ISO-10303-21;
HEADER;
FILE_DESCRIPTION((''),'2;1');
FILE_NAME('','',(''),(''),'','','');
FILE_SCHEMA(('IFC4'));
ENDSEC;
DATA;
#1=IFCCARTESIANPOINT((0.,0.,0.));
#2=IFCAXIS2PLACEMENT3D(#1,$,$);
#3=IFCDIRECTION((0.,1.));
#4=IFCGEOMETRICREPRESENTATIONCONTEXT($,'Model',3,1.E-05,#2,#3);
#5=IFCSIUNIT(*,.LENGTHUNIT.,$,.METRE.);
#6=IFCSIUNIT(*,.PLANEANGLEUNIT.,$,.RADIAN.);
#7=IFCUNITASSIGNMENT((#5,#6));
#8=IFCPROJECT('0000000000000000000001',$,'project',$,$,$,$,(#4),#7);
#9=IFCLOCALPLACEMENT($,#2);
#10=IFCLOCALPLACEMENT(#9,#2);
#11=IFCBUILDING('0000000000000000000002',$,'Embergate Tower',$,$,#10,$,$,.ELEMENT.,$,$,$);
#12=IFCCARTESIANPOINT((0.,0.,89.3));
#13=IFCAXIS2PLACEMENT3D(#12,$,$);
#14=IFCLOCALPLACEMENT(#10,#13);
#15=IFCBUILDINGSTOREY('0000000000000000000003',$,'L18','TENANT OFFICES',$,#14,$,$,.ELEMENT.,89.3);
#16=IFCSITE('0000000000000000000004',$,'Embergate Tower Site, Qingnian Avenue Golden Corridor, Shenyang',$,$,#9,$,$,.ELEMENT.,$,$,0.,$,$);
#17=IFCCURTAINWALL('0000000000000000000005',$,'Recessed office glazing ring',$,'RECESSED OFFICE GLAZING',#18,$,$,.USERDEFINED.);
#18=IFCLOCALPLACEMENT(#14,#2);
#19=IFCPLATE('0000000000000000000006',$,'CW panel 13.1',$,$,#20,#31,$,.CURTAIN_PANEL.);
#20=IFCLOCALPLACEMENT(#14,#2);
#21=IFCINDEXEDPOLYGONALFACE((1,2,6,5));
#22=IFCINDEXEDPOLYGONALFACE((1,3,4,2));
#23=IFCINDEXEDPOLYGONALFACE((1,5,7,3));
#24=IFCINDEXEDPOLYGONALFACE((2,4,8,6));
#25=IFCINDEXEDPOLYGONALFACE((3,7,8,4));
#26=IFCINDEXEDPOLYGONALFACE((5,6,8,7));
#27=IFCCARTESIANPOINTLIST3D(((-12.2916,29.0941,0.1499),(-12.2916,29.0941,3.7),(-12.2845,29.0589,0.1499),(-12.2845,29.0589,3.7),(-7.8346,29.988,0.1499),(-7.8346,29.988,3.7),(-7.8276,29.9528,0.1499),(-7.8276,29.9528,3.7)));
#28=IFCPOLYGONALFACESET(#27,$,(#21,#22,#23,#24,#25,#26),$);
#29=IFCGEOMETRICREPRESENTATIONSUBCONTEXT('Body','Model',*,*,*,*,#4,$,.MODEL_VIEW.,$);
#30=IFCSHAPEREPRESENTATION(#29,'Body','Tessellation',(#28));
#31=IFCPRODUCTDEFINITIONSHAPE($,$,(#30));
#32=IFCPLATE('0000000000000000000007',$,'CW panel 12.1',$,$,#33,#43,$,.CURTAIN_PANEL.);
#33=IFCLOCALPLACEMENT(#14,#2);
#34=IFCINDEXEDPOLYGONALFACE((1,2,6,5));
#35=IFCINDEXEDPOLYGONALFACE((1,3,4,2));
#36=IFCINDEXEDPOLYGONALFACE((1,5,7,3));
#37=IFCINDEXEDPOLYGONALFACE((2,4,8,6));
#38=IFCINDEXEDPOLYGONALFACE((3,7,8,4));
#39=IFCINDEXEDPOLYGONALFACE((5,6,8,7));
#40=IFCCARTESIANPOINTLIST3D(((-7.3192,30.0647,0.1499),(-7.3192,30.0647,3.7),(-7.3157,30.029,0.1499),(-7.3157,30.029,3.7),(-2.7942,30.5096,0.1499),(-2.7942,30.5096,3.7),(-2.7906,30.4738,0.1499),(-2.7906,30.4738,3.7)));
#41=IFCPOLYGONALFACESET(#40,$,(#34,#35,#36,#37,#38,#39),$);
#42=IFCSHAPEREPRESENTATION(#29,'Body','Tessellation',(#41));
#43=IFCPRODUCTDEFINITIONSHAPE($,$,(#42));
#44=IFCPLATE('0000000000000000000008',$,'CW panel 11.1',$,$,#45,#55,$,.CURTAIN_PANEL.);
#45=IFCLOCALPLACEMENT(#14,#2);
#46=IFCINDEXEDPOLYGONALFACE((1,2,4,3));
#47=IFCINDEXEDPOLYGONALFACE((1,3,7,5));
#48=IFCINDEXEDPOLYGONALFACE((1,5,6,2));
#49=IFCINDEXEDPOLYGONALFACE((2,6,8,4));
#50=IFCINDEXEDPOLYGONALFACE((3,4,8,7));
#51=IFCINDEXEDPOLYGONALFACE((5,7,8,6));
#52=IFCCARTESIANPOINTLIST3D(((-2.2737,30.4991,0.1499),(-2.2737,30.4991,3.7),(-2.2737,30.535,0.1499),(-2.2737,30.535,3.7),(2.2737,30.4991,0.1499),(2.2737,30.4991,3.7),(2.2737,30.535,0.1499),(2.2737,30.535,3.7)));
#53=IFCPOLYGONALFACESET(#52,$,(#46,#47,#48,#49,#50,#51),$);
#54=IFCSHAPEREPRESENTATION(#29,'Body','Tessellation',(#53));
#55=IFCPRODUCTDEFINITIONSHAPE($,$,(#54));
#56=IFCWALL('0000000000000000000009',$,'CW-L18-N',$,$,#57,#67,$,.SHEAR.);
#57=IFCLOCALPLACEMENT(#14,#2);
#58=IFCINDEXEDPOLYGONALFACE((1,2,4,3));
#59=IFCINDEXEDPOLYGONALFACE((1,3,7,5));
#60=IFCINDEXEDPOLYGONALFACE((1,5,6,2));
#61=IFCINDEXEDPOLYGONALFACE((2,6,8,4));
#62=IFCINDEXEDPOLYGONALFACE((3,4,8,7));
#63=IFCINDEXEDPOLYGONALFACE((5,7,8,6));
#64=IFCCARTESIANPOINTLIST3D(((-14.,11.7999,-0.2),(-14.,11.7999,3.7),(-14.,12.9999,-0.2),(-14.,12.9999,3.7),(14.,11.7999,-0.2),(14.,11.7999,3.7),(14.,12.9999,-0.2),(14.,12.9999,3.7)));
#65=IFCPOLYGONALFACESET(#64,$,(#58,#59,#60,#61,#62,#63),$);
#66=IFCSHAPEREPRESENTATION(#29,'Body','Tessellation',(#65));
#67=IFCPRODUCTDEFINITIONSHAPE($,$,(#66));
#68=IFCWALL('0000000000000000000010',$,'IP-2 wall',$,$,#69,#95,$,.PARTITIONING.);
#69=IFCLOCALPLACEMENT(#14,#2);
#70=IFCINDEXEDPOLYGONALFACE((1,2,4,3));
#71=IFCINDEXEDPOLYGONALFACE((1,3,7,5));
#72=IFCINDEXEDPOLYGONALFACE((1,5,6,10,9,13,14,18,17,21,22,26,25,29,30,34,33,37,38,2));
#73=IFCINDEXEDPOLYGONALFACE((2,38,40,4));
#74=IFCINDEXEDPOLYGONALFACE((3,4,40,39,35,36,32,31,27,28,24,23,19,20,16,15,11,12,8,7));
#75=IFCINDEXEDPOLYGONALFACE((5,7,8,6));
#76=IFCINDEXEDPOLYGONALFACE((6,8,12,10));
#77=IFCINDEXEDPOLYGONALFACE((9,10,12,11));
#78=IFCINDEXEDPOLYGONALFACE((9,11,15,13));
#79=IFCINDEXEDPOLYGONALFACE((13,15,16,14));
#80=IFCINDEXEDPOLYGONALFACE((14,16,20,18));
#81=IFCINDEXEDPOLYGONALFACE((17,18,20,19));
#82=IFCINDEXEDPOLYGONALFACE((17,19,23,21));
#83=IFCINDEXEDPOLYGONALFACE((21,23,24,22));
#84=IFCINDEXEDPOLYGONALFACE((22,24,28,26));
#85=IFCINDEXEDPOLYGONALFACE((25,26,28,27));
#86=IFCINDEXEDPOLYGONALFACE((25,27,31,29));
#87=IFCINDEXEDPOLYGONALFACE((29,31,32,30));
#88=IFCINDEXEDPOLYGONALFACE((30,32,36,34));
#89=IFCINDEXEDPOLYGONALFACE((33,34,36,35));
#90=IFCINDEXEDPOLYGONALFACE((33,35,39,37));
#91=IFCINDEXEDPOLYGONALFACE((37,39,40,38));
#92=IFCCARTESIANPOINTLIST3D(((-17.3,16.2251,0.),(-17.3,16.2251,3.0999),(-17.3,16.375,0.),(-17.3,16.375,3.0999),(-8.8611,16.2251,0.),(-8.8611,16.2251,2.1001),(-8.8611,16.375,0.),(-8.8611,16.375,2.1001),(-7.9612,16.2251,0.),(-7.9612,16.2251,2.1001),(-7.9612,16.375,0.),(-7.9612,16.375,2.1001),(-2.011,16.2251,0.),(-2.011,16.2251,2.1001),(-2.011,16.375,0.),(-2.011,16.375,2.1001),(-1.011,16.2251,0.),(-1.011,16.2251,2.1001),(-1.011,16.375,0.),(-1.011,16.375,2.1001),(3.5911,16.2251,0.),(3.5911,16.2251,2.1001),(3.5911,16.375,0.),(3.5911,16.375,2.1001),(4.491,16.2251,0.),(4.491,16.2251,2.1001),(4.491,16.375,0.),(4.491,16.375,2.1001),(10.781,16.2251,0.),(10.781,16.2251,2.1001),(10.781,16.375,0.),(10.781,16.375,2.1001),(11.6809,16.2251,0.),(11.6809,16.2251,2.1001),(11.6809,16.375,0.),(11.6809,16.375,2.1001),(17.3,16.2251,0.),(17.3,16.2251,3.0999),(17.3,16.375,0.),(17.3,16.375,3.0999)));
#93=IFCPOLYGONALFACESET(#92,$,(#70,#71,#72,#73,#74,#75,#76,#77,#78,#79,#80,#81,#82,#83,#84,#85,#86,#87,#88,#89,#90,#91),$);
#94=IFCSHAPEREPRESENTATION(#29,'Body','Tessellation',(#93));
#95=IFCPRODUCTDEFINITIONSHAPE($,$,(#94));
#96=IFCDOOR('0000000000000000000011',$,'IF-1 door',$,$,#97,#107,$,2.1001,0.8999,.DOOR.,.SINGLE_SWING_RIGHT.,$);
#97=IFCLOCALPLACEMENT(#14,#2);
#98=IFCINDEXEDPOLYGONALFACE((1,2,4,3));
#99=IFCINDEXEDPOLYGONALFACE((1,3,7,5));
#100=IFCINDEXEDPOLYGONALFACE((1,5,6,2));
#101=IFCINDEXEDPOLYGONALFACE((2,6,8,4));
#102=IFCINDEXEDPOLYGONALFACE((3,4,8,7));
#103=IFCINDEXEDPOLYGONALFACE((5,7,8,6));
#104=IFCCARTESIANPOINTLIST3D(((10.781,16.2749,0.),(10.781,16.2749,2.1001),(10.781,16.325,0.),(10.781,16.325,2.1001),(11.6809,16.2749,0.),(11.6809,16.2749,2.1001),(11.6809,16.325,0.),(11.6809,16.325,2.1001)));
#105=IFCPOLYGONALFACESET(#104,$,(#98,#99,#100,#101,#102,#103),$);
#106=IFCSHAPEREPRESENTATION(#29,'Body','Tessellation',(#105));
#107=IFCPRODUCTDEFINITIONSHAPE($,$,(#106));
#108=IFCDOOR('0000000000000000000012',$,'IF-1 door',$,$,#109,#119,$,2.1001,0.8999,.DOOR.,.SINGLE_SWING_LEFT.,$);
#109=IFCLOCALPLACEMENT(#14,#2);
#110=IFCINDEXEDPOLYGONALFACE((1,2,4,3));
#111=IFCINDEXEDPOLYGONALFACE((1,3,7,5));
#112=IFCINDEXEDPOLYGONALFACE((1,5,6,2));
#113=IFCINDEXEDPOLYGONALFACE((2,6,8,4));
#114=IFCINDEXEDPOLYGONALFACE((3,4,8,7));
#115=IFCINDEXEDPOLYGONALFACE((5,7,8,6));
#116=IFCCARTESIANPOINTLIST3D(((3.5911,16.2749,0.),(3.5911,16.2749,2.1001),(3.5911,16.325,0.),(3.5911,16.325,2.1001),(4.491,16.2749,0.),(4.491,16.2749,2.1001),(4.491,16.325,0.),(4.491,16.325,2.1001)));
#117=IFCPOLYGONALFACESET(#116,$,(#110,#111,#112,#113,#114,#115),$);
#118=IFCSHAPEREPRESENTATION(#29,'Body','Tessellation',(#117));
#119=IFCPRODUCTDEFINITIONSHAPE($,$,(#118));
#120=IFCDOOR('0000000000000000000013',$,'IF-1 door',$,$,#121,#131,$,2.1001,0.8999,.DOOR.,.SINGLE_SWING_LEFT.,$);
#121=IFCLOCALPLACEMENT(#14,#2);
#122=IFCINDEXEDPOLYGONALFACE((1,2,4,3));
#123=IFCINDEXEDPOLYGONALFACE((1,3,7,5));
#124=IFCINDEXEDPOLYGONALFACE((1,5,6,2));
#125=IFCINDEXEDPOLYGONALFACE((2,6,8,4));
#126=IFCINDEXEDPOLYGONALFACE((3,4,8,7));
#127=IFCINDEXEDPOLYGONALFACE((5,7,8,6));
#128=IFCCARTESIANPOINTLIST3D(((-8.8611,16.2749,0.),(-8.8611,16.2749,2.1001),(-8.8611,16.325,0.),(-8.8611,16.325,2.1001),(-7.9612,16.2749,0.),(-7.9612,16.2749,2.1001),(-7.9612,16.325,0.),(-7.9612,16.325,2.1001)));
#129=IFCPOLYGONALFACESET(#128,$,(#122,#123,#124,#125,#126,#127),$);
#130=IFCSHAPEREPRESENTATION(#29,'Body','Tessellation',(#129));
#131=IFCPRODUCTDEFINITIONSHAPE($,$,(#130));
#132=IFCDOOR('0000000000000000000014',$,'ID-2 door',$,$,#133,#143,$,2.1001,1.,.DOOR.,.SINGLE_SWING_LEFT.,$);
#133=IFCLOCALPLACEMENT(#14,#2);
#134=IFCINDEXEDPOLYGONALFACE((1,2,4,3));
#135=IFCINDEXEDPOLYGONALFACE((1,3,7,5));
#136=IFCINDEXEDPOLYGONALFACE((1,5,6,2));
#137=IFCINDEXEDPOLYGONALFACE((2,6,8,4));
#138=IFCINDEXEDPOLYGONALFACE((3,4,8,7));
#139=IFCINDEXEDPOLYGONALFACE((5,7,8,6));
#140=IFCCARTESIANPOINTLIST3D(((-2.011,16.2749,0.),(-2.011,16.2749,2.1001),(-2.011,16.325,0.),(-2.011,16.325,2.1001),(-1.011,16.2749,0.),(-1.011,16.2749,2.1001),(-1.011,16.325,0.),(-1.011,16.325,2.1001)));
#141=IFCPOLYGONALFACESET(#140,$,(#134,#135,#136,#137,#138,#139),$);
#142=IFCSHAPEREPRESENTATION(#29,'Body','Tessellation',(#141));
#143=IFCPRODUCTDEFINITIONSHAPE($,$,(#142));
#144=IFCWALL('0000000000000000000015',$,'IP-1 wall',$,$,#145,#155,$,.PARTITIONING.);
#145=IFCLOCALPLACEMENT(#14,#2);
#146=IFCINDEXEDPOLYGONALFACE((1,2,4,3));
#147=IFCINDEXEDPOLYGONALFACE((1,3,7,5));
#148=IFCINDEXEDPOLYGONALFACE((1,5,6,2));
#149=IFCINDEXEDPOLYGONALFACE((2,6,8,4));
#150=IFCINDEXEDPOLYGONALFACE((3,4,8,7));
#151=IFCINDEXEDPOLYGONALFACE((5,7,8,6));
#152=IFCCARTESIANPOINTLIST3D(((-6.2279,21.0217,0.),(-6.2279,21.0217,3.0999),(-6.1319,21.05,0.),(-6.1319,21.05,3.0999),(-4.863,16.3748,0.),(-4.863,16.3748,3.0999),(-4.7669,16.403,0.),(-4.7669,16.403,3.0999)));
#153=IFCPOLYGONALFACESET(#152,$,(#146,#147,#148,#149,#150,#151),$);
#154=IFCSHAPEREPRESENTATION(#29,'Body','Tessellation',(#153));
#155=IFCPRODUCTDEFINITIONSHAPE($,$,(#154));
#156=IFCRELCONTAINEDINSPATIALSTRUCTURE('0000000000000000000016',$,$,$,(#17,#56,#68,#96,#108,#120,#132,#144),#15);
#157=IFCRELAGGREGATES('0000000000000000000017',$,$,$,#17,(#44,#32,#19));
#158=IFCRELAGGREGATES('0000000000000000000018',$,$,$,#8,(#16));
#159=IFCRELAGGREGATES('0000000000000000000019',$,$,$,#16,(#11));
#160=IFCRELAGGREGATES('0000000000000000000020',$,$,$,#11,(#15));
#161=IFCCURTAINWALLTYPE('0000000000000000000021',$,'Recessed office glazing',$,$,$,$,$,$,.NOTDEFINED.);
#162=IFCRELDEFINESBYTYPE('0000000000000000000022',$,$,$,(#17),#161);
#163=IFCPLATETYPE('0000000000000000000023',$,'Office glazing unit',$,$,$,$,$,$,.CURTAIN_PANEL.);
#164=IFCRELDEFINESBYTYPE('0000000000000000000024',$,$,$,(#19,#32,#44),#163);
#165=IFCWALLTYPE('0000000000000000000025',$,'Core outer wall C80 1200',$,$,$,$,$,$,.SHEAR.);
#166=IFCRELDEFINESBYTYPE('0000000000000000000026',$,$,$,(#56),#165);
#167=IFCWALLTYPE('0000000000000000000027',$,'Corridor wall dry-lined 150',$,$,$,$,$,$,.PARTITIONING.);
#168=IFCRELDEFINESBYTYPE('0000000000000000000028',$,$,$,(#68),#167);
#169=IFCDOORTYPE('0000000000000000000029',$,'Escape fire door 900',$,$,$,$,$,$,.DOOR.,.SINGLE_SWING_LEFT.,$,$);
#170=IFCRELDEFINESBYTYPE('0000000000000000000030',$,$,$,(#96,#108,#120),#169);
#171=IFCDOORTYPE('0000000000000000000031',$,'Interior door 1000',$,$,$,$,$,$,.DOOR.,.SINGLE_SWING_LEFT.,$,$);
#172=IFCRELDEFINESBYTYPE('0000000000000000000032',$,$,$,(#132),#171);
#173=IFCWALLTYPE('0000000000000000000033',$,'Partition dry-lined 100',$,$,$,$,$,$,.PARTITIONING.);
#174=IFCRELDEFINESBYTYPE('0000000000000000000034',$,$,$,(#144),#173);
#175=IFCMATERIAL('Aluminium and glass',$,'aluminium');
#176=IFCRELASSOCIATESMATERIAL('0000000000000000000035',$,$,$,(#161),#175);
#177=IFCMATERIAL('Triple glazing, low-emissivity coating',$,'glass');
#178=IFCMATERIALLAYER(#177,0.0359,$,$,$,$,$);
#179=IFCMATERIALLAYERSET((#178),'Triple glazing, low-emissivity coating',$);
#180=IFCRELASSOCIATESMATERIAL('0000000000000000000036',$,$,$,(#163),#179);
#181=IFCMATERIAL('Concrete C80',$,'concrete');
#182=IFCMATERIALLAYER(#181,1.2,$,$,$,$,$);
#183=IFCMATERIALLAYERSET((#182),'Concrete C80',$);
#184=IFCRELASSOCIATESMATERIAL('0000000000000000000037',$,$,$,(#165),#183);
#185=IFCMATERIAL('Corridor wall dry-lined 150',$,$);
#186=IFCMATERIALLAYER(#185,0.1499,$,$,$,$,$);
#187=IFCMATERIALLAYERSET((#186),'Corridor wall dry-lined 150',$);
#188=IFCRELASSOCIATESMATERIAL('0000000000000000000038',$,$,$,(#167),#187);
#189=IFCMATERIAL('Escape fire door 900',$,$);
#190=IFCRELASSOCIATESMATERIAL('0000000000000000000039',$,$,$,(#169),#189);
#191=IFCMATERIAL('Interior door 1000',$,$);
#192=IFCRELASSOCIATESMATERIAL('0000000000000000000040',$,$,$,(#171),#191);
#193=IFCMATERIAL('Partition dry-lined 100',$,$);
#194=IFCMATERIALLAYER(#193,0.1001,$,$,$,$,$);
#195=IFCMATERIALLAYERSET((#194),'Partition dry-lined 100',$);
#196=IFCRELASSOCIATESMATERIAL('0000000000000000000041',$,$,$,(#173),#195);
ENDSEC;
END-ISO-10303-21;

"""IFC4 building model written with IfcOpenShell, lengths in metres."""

from ifc_helpers import new_model, si_unit, direction, frame, frame_2d, origin, origin_2d, place, context, subcontext, project, spatial, rectangle, extrude, source, transform, mapped, material, layer, layer_set, type_object, element, fill, aggregate, save


model = new_model("IFC4")

# Units and contexts
model_context = context("Model", 3, precision=1e-05, world=origin(), true_north=direction((0.0, 1.0)))
body_context = subcontext(model_context, "Body", "Model", "MODEL_VIEW")
ifc_project = project(units=[si_unit("LENGTHUNIT", "METRE"), si_unit("PLANEANGLEUNIT", "RADIAN")], contexts=[model_context])

# Site, building, storey
site_placement = place(None, origin())
site = spatial("IfcSite", under=ifc_project, at=site_placement, Name="Embergate Tower Site, Qingnian Avenue Golden Corridor, Shenyang", CompositionType="ELEMENT", RefElevation=0.0)
building_placement = place(site_placement, origin())
building = spatial("IfcBuilding", under=site, at=building_placement, Name="Embergate Tower", CompositionType="ELEMENT")
storey_placement = place(building_placement, frame((0.0, 0.0, 89.3)))
storey = spatial("IfcBuildingStorey", under=building, at=storey_placement, Name="L18", Description="TENANT OFFICES", CompositionType="ELEMENT", Elevation=89.3)

# Curtain wall, plates
ifc_material_1 = material(Name="Aluminium and glass", Category="aluminium")
curtain_wall_type = type_object("IfcCurtainWallType", Name="Recessed office glazing", PredefinedType="NOTDEFINED", material=ifc_material_1)
curtain_wall_placement = place(storey_placement, origin())
curtain_wall = element("IfcCurtainWall", 1, at=curtain_wall_placement, inside=storey, type_object=curtain_wall_type, Name="Recessed office glazing ring", ObjectType="RECESSED OFFICE GLAZING", PredefinedType="USERDEFINED")
ifc_material_2 = material(Name="Triple glazing, low-emissivity coating", Category="glass")
ifc_layer_1 = layer(ifc_material_2, 0.0359)
ifc_layer_set_1 = layer_set([ifc_layer_1], Name="Triple glazing, low-emissivity coating")
plate_type = type_object("IfcPlateType", Name="Office glazing unit", PredefinedType="CURTAIN_PANEL", material=ifc_layer_set_1)
shared_shape_1 = source(origin(), body_context, "Body", "SweptSolid", [
    extrude(rectangle(XDim=4.5457, YDim=0.0359, at=origin_2d()), origin(), (0.0, 0.0, 1.0), 3.55),
])
plate_1_placement = place(storey_placement, frame((-10.0596, 29.5234, 0.1499), z_axis=(0.0, 0.0, 1.0), x_axis=(-0.980476, -0.196639, 0.0)))
plate_1 = element("IfcPlate", 2, at=plate_1_placement, type_object=plate_type, Name="CW panel 13.1", PredefinedType="CURTAIN_PANEL", context=body_context, shape_type="MappedRepresentation", body=[
    mapped(shared_shape_1, transform((0.0, 0.0, 0.0))),
])
shared_shape_2 = source(origin(), body_context, "Body", "SweptSolid", [
    extrude(rectangle(XDim=4.5469, YDim=0.0359, at=origin_2d()), origin(), (0.0, 0.0, 1.0), 3.55),
])
plate_2_placement = place(storey_placement, frame((-5.0549, 30.2693, 0.1499), z_axis=(0.0, 0.0, 1.0), x_axis=(-0.995203, -0.09783, 0.0)))
plate_2 = element("IfcPlate", 3, at=plate_2_placement, type_object=plate_type, Name="CW panel 12.1", PredefinedType="CURTAIN_PANEL", context=body_context, shape_type="MappedRepresentation", body=[
    mapped(shared_shape_2, transform((0.0, 0.0, 0.0))),
])
shared_shape_3 = source(origin(), body_context, "Body", "SweptSolid", [
    extrude(rectangle(XDim=4.5474, YDim=0.0359, at=origin_2d()), origin(), (0.0, 0.0, 1.0), 3.55),
])
plate_3_placement = place(storey_placement, frame((0.0, 30.5171, 0.1499), z_axis=(0.0, 0.0, 1.0), x_axis=(-1.0, 0.0, 0.0)))
plate_3 = element("IfcPlate", 4, at=plate_3_placement, type_object=plate_type, Name="CW panel 11.1", PredefinedType="CURTAIN_PANEL", context=body_context, shape_type="MappedRepresentation", body=[
    mapped(shared_shape_3, transform((0.0, 0.0, 0.0))),
])
aggregate(curtain_wall, [plate_3, plate_2, plate_1])

# Wall
ifc_material_3 = material(Name="Concrete C80", Category="concrete")
ifc_layer_2 = layer(ifc_material_3, 1.2)
ifc_layer_set_2 = layer_set([ifc_layer_2], Name="Concrete C80")
wall_type_1 = type_object("IfcWallType", Name="Core outer wall C80 1200", PredefinedType="SHEAR", material=ifc_layer_set_2)
shared_shape_4 = source(origin(), body_context, "Body", "SweptSolid", [
    extrude(rectangle(XDim=28.0, YDim=1.2, at=frame_2d((14.0, 0.0))), origin(), (0.0, 0.0, 1.0), 3.8999),
])
wall_1_placement = place(storey_placement, frame((-14.0, 12.3999, -0.2), z_axis=(0.0, 0.0, 1.0), x_axis=(1.0, 0.0, 0.0)))
element("IfcWall", 5, at=wall_1_placement, inside=storey, type_object=wall_type_1, Name="CW-L18-N", PredefinedType="SHEAR", context=body_context, shape_type="MappedRepresentation", body=[
    mapped(shared_shape_4, transform((0.0, 0.0, 0.0))),
])

# Wall, openings, doors
ifc_material_4 = material(Name="Corridor wall dry-lined 150")
ifc_layer_3 = layer(ifc_material_4, 0.1499)
ifc_layer_set_3 = layer_set([ifc_layer_3], Name="Corridor wall dry-lined 150")
wall_type_2 = type_object("IfcWallType", Name="Corridor wall dry-lined 150", PredefinedType="PARTITIONING", material=ifc_layer_set_3)
shared_shape_5 = source(origin(), body_context, "Body", "SweptSolid", [
    extrude(rectangle(XDim=34.6001, YDim=0.1499, at=frame_2d((17.3, 0.0))), origin(), (0.0, 0.0, 1.0), 3.0999),
])
wall_2_placement = place(storey_placement, frame((-17.3, 16.3, 0.0), z_axis=(0.0, 0.0, 1.0), x_axis=(1.0, 0.0, 0.0)))
wall_2 = element("IfcWall", 6, at=wall_2_placement, inside=storey, type_object=wall_type_2, Name="IP-2 wall", PredefinedType="PARTITIONING", context=body_context, shape_type="MappedRepresentation", body=[
    mapped(shared_shape_5, transform((0.0, 0.0, 0.0))),
])
shared_shape_6 = source(origin(), body_context, "Body", "SweptSolid", [
    extrude(rectangle(XDim=0.8999, YDim=2.1001, at=frame_2d((0.45, 1.05))), frame((0.0, 0.085, 0.0), z_axis=(0.0, -1.0, 0.0), x_axis=(1.0, 0.0, 0.0)), (0.0, 0.0, 1.0), 0.1699),
])
opening_1_placement = place(wall_2_placement, frame((28.0811, 0.0, 0.0)))
opening_1 = element("IfcOpeningElement", 7, at=opening_1_placement, cuts=wall_2, PredefinedType="OPENING", context=body_context, shape_type="MappedRepresentation", body=[
    mapped(shared_shape_6, transform((0.0, 0.0, 0.0))),
])
opening_2_placement = place(wall_2_placement, frame((20.8911, 0.0, 0.0)))
opening_2 = element("IfcOpeningElement", 8, at=opening_2_placement, cuts=wall_2, PredefinedType="OPENING", context=body_context, shape_type="MappedRepresentation", body=[
    mapped(shared_shape_6, transform((0.0, 0.0, 0.0))),
])
shared_shape_7 = source(origin(), body_context, "Body", "SweptSolid", [
    extrude(rectangle(XDim=1.0, YDim=2.1001, at=frame_2d((0.5, 1.05))), frame((0.0, 0.085, 0.0), z_axis=(0.0, -1.0, 0.0), x_axis=(1.0, 0.0, 0.0)), (0.0, 0.0, 1.0), 0.1699),
])
opening_3_placement = place(wall_2_placement, frame((15.2891, 0.0, 0.0)))
opening_3 = element("IfcOpeningElement", 9, at=opening_3_placement, cuts=wall_2, PredefinedType="OPENING", context=body_context, shape_type="MappedRepresentation", body=[
    mapped(shared_shape_7, transform((0.0, 0.0, 0.0))),
])
opening_4_placement = place(wall_2_placement, frame((8.439, 0.0, 0.0)))
opening_4 = element("IfcOpeningElement", 10, at=opening_4_placement, cuts=wall_2, PredefinedType="OPENING", context=body_context, shape_type="MappedRepresentation", body=[
    mapped(shared_shape_6, transform((0.0, 0.0, 0.0))),
])
ifc_material_5 = material(Name="Escape fire door 900")
door_type_1 = type_object("IfcDoorType", Name="Escape fire door 900", OperationType="SINGLE_SWING_LEFT", PredefinedType="DOOR", material=ifc_material_5)
shared_shape_8 = source(origin(), body_context, "Body", "SweptSolid", [
    extrude(rectangle(XDim=0.8999, YDim=2.1001, at=frame_2d((0.45, 1.05))), frame((0.0, 0.0249, 0.0), z_axis=(0.0, -1.0, 0.0), x_axis=(1.0, 0.0, 0.0)), (0.0, 0.0, 1.0), 0.05),
])
door_1_placement = place(opening_1_placement, origin())
door_1 = element("IfcDoor", 11, at=door_1_placement, inside=storey, type_object=door_type_1, Name="IF-1 door", OperationType="SINGLE_SWING_RIGHT", OverallHeight=2.1001, OverallWidth=0.8999, PredefinedType="DOOR", context=body_context, shape_type="MappedRepresentation", body=[
    mapped(shared_shape_8, transform((0.0, 0.0, 0.0))),
])
fill(opening_1, door_1)
door_2_placement = place(opening_2_placement, origin())
door_2 = element("IfcDoor", 12, at=door_2_placement, inside=storey, type_object=door_type_1, Name="IF-1 door", OperationType="SINGLE_SWING_LEFT", OverallHeight=2.1001, OverallWidth=0.8999, PredefinedType="DOOR", context=body_context, shape_type="MappedRepresentation", body=[
    mapped(shared_shape_8, transform((0.0, 0.0, 0.0))),
])
fill(opening_2, door_2)
door_3_placement = place(opening_4_placement, origin())
door_3 = element("IfcDoor", 13, at=door_3_placement, inside=storey, type_object=door_type_1, Name="IF-1 door", OperationType="SINGLE_SWING_LEFT", OverallHeight=2.1001, OverallWidth=0.8999, PredefinedType="DOOR", context=body_context, shape_type="MappedRepresentation", body=[
    mapped(shared_shape_8, transform((0.0, 0.0, 0.0))),
])
fill(opening_4, door_3)
ifc_material_6 = material(Name="Interior door 1000")
door_type_2 = type_object("IfcDoorType", Name="Interior door 1000", OperationType="SINGLE_SWING_LEFT", PredefinedType="DOOR", material=ifc_material_6)
shared_shape_9 = source(origin(), body_context, "Body", "SweptSolid", [
    extrude(rectangle(XDim=1.0, YDim=2.1001, at=frame_2d((0.5, 1.05))), frame((0.0, 0.0249, 0.0), z_axis=(0.0, -1.0, 0.0), x_axis=(1.0, 0.0, 0.0)), (0.0, 0.0, 1.0), 0.05),
])
door_4_placement = place(opening_3_placement, origin())
door_4 = element("IfcDoor", 14, at=door_4_placement, inside=storey, type_object=door_type_2, Name="ID-2 door", OperationType="SINGLE_SWING_LEFT", OverallHeight=2.1001, OverallWidth=1.0, PredefinedType="DOOR", context=body_context, shape_type="MappedRepresentation", body=[
    mapped(shared_shape_9, transform((0.0, 0.0, 0.0))),
])
fill(opening_3, door_4)

# Wall
ifc_material_7 = material(Name="Partition dry-lined 100")
ifc_layer_4 = layer(ifc_material_7, 0.1001)
ifc_layer_set_4 = layer_set([ifc_layer_4], Name="Partition dry-lined 100")
wall_type_3 = type_object("IfcWallType", Name="Partition dry-lined 100", PredefinedType="PARTITIONING", material=ifc_layer_set_4)
shared_shape_10 = source(origin(), body_context, "Body", "SweptSolid", [
    extrude(rectangle(XDim=4.8433, YDim=0.1001, at=frame_2d((2.4216, 0.0))), origin(), (0.0, 0.0, 1.0), 3.0999),
])
wall_3_placement = place(storey_placement, frame((-4.8149, 16.3889, 0.0), z_axis=(0.0, 0.0, 1.0), x_axis=(-0.281831, 0.959464, 0.0)))
element("IfcWall", 15, at=wall_3_placement, inside=storey, type_object=wall_type_3, Name="IP-1 wall", PredefinedType="PARTITIONING", context=body_context, shape_type="MappedRepresentation", body=[
    mapped(shared_shape_10, transform((0.0, 0.0, 0.0))),
])

save(model, "model.ifc")
